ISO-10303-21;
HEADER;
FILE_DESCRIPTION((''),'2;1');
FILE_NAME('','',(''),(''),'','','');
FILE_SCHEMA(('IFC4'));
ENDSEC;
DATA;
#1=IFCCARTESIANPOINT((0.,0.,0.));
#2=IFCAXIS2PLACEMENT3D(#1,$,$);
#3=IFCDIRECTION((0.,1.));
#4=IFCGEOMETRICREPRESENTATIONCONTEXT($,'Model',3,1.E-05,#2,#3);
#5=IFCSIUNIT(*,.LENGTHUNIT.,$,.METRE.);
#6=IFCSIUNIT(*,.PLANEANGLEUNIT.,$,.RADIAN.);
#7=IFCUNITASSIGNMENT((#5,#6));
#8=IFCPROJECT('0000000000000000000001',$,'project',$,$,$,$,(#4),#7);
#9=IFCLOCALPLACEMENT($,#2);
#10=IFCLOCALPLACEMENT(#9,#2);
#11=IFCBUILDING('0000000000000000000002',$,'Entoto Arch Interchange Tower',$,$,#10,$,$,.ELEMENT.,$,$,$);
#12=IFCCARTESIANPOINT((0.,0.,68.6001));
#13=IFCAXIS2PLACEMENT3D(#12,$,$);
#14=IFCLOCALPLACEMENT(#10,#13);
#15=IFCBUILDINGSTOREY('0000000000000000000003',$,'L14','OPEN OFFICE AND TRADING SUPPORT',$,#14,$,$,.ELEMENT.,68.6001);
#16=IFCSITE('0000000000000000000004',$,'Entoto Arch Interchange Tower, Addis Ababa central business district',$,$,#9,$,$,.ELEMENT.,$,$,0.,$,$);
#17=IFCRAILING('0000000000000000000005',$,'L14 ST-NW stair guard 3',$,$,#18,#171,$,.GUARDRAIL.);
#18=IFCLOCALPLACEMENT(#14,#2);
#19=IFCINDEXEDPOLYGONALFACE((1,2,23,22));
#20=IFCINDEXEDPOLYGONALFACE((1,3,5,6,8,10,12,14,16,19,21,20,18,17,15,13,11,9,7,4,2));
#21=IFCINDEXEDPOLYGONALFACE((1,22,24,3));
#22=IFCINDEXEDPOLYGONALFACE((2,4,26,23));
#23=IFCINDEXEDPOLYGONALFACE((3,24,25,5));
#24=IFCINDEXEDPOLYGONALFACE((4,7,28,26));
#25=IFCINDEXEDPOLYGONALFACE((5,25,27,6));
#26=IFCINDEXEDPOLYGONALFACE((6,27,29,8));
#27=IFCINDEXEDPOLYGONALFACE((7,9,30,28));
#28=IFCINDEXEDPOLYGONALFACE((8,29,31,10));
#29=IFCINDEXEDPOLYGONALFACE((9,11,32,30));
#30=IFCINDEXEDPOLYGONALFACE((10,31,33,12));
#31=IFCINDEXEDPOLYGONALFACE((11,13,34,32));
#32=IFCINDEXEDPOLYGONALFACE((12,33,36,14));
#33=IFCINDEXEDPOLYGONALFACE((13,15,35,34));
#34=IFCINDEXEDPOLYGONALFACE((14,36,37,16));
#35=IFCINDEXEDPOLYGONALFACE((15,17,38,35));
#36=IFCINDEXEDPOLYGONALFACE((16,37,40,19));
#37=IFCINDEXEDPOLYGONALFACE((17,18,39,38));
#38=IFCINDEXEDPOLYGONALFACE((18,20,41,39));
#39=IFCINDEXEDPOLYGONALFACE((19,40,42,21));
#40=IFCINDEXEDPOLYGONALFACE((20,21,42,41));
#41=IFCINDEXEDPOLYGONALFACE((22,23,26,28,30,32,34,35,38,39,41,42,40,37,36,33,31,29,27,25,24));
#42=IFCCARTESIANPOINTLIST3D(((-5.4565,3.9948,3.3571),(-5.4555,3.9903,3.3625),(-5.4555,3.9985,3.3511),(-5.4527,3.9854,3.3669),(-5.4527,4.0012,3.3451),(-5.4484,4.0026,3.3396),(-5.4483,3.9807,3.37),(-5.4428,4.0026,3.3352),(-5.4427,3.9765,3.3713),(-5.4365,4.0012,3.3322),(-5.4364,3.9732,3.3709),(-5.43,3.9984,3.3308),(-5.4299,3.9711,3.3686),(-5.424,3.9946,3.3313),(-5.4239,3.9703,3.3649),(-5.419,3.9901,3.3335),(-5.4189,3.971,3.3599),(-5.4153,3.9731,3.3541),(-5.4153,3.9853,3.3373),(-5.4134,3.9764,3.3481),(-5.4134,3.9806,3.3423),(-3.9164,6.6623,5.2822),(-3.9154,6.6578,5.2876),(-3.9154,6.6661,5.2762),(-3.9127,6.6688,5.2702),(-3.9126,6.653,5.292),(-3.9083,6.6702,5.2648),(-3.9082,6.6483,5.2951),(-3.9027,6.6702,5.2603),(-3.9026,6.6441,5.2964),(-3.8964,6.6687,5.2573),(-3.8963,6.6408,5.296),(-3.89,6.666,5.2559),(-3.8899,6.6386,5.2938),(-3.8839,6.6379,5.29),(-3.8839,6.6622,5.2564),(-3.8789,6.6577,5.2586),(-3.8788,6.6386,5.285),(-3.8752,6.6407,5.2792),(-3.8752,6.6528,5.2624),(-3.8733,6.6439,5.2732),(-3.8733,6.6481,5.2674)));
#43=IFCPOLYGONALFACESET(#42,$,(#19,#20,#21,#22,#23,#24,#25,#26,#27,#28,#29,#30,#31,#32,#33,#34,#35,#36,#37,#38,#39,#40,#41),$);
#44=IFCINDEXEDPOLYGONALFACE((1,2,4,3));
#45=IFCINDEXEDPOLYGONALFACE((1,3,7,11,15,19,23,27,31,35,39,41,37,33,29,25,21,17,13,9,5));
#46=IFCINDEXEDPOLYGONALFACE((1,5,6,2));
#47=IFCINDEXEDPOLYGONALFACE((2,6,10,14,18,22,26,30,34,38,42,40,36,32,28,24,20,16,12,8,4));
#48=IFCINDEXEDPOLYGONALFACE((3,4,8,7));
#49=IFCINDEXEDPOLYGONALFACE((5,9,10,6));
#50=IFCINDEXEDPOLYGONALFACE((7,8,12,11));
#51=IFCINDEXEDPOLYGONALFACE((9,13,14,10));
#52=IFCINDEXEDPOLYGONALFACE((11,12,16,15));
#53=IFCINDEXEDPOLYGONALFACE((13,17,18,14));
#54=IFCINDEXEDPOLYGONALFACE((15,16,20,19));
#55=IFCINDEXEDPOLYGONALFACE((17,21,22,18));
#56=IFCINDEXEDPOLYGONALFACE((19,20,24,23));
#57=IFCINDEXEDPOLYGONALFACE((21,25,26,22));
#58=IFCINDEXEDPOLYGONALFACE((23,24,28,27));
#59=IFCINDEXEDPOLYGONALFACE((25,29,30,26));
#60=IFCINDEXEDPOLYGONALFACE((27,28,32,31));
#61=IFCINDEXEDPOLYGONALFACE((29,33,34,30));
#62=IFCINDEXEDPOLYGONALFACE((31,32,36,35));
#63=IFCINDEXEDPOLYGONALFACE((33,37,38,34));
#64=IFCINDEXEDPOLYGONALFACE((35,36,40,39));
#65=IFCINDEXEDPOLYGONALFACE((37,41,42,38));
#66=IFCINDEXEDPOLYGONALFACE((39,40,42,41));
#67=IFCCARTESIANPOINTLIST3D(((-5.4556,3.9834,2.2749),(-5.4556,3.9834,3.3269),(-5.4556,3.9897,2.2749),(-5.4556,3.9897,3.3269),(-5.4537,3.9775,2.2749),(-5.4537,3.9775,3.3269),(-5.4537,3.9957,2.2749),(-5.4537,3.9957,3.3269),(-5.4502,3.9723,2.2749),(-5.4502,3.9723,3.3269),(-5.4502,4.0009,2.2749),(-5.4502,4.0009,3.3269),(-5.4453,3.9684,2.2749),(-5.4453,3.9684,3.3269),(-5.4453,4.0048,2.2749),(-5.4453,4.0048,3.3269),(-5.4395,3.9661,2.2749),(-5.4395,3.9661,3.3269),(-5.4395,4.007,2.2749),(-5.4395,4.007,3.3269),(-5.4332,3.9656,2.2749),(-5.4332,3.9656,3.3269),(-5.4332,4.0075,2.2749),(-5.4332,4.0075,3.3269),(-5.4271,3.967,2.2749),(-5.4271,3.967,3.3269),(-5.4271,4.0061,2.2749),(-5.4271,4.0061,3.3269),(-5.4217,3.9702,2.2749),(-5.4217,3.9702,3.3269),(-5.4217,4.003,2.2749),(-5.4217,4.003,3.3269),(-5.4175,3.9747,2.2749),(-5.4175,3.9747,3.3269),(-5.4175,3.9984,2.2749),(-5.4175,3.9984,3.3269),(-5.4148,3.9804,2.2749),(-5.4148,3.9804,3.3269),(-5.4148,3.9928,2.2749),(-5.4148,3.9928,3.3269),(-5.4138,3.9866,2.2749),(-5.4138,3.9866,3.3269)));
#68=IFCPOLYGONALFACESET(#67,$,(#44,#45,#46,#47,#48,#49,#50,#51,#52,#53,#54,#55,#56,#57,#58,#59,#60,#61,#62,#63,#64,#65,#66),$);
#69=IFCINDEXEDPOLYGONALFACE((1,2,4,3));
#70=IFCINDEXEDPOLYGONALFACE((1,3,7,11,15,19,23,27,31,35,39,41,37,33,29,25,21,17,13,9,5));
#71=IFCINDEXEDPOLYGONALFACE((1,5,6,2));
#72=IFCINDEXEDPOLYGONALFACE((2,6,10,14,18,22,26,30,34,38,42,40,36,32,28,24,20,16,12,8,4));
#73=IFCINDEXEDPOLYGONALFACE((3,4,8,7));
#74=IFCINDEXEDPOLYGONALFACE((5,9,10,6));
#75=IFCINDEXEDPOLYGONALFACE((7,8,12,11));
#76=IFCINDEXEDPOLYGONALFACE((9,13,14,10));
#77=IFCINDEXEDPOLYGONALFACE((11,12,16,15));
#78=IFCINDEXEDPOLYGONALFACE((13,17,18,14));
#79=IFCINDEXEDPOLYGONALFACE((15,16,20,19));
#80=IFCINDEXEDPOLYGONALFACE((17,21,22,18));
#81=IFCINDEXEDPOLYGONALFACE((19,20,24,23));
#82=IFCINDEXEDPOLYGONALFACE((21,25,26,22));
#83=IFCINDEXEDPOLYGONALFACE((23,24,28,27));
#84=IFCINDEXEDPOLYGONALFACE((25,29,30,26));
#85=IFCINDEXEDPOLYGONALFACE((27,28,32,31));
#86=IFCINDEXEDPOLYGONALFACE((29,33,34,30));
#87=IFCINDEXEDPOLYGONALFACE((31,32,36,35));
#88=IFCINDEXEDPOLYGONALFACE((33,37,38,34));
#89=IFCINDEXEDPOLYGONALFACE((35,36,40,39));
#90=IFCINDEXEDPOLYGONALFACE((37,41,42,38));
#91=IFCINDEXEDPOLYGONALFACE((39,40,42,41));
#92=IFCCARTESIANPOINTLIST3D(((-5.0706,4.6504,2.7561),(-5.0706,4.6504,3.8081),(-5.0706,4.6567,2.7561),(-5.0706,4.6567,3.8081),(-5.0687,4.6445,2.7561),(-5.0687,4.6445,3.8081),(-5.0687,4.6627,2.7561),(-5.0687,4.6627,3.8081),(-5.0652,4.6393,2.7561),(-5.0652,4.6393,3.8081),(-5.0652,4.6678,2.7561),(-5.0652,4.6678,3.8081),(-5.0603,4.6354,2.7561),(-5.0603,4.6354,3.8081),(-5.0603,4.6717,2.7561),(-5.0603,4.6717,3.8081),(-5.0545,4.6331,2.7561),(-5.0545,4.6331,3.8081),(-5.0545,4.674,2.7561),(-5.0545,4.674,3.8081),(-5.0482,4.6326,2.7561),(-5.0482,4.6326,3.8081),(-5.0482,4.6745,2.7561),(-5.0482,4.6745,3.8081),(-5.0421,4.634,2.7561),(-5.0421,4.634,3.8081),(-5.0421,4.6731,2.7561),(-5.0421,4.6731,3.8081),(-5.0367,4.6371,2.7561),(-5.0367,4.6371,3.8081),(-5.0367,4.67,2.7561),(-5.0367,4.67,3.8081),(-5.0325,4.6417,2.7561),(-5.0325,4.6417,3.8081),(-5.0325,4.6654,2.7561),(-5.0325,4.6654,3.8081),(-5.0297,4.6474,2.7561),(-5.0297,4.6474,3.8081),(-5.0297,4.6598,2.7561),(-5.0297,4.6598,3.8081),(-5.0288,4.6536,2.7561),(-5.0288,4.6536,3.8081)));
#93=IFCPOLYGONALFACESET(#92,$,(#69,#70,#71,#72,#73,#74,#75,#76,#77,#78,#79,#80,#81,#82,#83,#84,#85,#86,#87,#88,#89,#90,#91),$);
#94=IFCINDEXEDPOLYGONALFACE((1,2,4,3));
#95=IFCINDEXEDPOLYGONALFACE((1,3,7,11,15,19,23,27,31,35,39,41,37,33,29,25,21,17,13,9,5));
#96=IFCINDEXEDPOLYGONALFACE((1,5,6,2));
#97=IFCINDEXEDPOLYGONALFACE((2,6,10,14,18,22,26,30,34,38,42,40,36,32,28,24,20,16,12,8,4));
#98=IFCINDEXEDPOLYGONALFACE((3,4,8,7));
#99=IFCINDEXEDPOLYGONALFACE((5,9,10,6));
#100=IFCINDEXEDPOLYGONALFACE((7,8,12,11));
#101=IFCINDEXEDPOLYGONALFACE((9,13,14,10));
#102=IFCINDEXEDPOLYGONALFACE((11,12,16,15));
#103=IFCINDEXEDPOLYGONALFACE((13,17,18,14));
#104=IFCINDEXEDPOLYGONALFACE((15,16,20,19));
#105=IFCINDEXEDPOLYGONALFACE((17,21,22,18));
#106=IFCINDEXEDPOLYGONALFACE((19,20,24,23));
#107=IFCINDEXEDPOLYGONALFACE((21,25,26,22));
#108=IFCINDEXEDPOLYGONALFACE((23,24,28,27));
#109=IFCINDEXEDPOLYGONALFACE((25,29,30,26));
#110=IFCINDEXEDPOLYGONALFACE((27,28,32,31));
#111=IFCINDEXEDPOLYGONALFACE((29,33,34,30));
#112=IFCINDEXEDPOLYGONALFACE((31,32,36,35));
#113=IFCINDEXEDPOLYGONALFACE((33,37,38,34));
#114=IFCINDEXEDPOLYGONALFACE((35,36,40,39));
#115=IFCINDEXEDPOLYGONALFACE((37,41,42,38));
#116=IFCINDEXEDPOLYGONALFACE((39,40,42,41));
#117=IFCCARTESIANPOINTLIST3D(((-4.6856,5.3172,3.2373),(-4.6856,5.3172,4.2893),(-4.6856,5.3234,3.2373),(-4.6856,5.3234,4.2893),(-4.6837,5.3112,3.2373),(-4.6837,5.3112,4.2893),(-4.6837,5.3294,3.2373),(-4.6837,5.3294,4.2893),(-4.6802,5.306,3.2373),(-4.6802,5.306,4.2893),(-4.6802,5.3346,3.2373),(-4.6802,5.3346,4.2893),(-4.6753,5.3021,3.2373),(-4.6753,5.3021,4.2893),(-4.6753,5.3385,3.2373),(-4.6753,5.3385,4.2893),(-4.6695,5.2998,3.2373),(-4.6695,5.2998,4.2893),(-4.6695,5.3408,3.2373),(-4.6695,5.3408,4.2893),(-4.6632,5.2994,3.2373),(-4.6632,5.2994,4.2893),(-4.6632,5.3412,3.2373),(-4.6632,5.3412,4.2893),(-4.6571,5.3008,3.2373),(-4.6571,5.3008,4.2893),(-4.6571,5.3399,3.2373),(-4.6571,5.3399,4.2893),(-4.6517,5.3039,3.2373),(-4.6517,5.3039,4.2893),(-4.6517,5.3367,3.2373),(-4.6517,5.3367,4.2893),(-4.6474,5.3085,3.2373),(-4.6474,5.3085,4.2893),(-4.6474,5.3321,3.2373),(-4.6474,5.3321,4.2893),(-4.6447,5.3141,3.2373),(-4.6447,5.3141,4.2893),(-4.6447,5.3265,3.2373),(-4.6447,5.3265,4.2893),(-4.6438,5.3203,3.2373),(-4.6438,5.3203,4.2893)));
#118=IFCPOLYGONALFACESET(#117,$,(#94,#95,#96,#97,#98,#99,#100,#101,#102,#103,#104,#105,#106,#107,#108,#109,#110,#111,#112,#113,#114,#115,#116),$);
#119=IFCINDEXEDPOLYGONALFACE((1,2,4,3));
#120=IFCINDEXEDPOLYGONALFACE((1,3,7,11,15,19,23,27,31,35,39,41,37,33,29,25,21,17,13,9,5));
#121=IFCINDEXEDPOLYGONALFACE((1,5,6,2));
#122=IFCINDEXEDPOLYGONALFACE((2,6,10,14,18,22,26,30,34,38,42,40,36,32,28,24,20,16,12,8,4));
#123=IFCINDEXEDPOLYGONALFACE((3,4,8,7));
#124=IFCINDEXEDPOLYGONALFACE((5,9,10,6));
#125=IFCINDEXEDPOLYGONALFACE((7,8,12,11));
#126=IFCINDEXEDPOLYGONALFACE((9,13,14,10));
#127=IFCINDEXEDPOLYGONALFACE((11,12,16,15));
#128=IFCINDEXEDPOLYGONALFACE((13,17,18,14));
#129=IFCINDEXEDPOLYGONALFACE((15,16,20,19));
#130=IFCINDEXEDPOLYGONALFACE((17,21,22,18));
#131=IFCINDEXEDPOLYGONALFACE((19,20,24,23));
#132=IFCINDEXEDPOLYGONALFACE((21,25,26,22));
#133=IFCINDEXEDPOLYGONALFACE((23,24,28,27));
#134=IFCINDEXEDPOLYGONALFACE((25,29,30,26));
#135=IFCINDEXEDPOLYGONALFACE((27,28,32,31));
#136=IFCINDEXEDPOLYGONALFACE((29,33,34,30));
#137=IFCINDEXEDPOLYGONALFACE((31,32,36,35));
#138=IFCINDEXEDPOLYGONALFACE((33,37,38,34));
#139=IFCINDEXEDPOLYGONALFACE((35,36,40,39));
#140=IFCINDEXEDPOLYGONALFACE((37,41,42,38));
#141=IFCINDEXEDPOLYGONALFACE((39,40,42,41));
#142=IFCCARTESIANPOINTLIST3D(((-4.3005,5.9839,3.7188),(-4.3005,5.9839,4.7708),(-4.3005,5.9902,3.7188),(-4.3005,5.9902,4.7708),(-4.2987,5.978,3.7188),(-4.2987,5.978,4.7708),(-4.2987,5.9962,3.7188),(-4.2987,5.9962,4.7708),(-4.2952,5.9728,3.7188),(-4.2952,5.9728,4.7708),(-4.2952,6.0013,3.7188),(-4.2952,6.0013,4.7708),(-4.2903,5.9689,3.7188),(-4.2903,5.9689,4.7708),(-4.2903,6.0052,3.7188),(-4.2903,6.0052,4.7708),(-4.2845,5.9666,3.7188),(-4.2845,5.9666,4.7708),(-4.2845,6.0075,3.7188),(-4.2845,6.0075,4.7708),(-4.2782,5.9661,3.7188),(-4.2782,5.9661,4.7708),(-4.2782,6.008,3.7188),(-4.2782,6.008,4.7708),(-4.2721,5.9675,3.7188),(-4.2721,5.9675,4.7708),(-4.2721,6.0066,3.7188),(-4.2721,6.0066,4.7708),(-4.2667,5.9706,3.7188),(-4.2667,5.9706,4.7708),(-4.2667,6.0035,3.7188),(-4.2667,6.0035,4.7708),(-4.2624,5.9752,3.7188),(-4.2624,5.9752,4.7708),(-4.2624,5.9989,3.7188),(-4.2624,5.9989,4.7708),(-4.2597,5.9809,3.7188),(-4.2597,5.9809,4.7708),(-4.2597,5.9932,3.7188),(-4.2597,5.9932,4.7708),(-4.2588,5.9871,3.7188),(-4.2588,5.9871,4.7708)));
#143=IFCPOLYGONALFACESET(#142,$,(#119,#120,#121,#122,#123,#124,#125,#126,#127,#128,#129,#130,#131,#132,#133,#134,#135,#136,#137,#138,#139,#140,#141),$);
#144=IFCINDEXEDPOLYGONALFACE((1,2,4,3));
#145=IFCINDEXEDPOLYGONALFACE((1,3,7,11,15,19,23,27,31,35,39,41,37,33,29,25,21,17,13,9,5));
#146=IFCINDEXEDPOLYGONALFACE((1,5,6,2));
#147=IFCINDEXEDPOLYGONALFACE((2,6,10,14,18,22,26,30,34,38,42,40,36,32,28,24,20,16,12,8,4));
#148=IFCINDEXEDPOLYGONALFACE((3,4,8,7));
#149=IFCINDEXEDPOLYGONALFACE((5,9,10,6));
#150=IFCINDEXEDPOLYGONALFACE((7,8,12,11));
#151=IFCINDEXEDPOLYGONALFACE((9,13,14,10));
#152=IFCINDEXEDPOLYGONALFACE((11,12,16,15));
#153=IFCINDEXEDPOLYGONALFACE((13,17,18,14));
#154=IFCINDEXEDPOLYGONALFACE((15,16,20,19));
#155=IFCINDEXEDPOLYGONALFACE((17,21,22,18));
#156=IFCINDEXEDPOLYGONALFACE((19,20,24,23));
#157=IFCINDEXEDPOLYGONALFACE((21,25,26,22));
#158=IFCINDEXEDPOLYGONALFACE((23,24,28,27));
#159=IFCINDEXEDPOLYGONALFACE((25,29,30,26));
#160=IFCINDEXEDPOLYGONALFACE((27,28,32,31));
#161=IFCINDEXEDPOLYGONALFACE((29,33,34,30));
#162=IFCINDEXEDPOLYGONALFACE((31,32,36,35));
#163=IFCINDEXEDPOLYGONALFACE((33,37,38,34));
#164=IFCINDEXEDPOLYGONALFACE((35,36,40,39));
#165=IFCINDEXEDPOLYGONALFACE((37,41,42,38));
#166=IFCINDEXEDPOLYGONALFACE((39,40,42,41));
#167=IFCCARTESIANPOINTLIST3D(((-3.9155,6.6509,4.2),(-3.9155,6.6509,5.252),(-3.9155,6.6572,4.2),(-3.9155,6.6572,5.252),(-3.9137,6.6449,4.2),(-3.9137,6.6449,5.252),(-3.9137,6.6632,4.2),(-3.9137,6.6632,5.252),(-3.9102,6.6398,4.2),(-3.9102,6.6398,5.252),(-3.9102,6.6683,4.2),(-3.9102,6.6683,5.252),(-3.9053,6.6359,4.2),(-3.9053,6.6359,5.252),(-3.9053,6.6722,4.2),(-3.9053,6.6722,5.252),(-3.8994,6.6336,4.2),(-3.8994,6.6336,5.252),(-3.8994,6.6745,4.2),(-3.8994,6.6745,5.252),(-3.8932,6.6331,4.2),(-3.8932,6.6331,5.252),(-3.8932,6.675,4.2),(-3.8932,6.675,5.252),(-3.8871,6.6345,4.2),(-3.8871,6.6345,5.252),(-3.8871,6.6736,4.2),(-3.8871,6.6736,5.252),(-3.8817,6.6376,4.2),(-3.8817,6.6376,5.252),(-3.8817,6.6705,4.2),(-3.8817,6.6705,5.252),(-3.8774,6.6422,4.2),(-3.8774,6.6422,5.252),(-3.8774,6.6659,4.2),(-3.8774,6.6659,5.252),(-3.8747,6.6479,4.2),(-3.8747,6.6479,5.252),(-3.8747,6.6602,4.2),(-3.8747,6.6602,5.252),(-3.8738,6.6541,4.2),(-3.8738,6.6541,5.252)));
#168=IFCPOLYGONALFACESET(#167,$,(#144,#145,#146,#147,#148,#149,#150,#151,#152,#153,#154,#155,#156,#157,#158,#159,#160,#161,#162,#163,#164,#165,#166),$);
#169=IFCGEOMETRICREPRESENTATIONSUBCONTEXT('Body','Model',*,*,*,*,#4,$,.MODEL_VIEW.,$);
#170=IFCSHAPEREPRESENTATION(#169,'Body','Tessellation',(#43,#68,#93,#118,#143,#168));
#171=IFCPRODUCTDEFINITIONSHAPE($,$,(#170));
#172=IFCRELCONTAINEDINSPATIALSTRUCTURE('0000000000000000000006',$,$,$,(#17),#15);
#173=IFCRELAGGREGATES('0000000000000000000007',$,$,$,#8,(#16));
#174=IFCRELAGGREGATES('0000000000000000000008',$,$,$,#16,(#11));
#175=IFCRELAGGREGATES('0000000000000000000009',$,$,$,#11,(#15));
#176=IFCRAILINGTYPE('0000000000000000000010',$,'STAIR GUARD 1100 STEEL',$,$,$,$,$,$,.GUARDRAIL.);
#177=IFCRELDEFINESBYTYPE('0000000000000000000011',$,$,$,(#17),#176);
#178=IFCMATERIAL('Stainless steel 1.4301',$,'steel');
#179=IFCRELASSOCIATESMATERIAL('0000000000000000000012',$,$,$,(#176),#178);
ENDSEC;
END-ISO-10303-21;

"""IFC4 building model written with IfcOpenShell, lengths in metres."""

from ifc_helpers import new_model, si_unit, direction, frame, origin, origin_2d, place, context, subcontext, project, spatial, circle, extrude, material, type_object, element, save


model = new_model("IFC4")

# Units and contexts
model_context = context("Model", 3, precision=1e-05, world=origin(), true_north=direction((0.0, 1.0)))
body_context = subcontext(model_context, "Body", "Model", "MODEL_VIEW")
ifc_project = project(units=[si_unit("LENGTHUNIT", "METRE"), si_unit("PLANEANGLEUNIT", "RADIAN")], contexts=[model_context])

# Site, building, storey
site_placement = place(None, origin())
site = spatial("IfcSite", under=ifc_project, at=site_placement, Name="Entoto Arch Interchange Tower, Addis Ababa central business district", CompositionType="ELEMENT", RefElevation=0.0)
building_placement = place(site_placement, origin())
building = spatial("IfcBuilding", under=site, at=building_placement, Name="Entoto Arch Interchange Tower", CompositionType="ELEMENT")
storey_placement = place(building_placement, frame((0.0, 0.0, 68.6001)))
storey = spatial("IfcBuildingStorey", under=building, at=storey_placement, Name="L14", Description="OPEN OFFICE AND TRADING SUPPORT", CompositionType="ELEMENT", Elevation=68.6001)

# Railing
ifc_material_1 = material(Name="Stainless steel 1.4301", Category="steel")
railing_type_1 = type_object("IfcRailingType", Name="STAIR GUARD 1100 STEEL", PredefinedType="GUARDRAIL", material=ifc_material_1)
railing_1_placement = place(storey_placement, frame((-5.4348, 3.9866, 2.2749)))
element("IfcRailing", 1, at=railing_1_placement, inside=storey, type_object=railing_type_1, Name="L14 ST-NW stair guard 3", PredefinedType="GUARDRAIL", context=body_context, shape_type="SweptSolid", body=[
    extrude(circle(Radius=0.0239, at=origin_2d()), frame((0.0, 0.0, 1.0762), z_axis=(0.423994, 0.734395, 0.529993), x_axis=(-0.86603, 0.499992, 0.0)), (0.0, 0.0, 1.0), 3.6323),
    extrude(circle(Radius=0.021, at=origin_2d()), origin(), (0.0, 0.0, 1.0), 1.052),
    extrude(circle(Radius=0.021, at=origin_2d()), frame((0.385, 0.667, 0.4812)), (0.0, 0.0, 1.0), 1.052),
    extrude(circle(Radius=0.021, at=origin_2d()), frame((0.77, 1.3337, 0.9624)), (0.0, 0.0, 1.0), 1.052),
    extrude(circle(Radius=0.021, at=origin_2d()), frame((1.155, 2.0005, 1.4438)), (0.0, 0.0, 1.0), 1.052),
    extrude(circle(Radius=0.021, at=origin_2d()), frame((1.54, 2.6675, 1.925)), (0.0, 0.0, 1.0), 1.052),
])

save(model, "model.ifc")
